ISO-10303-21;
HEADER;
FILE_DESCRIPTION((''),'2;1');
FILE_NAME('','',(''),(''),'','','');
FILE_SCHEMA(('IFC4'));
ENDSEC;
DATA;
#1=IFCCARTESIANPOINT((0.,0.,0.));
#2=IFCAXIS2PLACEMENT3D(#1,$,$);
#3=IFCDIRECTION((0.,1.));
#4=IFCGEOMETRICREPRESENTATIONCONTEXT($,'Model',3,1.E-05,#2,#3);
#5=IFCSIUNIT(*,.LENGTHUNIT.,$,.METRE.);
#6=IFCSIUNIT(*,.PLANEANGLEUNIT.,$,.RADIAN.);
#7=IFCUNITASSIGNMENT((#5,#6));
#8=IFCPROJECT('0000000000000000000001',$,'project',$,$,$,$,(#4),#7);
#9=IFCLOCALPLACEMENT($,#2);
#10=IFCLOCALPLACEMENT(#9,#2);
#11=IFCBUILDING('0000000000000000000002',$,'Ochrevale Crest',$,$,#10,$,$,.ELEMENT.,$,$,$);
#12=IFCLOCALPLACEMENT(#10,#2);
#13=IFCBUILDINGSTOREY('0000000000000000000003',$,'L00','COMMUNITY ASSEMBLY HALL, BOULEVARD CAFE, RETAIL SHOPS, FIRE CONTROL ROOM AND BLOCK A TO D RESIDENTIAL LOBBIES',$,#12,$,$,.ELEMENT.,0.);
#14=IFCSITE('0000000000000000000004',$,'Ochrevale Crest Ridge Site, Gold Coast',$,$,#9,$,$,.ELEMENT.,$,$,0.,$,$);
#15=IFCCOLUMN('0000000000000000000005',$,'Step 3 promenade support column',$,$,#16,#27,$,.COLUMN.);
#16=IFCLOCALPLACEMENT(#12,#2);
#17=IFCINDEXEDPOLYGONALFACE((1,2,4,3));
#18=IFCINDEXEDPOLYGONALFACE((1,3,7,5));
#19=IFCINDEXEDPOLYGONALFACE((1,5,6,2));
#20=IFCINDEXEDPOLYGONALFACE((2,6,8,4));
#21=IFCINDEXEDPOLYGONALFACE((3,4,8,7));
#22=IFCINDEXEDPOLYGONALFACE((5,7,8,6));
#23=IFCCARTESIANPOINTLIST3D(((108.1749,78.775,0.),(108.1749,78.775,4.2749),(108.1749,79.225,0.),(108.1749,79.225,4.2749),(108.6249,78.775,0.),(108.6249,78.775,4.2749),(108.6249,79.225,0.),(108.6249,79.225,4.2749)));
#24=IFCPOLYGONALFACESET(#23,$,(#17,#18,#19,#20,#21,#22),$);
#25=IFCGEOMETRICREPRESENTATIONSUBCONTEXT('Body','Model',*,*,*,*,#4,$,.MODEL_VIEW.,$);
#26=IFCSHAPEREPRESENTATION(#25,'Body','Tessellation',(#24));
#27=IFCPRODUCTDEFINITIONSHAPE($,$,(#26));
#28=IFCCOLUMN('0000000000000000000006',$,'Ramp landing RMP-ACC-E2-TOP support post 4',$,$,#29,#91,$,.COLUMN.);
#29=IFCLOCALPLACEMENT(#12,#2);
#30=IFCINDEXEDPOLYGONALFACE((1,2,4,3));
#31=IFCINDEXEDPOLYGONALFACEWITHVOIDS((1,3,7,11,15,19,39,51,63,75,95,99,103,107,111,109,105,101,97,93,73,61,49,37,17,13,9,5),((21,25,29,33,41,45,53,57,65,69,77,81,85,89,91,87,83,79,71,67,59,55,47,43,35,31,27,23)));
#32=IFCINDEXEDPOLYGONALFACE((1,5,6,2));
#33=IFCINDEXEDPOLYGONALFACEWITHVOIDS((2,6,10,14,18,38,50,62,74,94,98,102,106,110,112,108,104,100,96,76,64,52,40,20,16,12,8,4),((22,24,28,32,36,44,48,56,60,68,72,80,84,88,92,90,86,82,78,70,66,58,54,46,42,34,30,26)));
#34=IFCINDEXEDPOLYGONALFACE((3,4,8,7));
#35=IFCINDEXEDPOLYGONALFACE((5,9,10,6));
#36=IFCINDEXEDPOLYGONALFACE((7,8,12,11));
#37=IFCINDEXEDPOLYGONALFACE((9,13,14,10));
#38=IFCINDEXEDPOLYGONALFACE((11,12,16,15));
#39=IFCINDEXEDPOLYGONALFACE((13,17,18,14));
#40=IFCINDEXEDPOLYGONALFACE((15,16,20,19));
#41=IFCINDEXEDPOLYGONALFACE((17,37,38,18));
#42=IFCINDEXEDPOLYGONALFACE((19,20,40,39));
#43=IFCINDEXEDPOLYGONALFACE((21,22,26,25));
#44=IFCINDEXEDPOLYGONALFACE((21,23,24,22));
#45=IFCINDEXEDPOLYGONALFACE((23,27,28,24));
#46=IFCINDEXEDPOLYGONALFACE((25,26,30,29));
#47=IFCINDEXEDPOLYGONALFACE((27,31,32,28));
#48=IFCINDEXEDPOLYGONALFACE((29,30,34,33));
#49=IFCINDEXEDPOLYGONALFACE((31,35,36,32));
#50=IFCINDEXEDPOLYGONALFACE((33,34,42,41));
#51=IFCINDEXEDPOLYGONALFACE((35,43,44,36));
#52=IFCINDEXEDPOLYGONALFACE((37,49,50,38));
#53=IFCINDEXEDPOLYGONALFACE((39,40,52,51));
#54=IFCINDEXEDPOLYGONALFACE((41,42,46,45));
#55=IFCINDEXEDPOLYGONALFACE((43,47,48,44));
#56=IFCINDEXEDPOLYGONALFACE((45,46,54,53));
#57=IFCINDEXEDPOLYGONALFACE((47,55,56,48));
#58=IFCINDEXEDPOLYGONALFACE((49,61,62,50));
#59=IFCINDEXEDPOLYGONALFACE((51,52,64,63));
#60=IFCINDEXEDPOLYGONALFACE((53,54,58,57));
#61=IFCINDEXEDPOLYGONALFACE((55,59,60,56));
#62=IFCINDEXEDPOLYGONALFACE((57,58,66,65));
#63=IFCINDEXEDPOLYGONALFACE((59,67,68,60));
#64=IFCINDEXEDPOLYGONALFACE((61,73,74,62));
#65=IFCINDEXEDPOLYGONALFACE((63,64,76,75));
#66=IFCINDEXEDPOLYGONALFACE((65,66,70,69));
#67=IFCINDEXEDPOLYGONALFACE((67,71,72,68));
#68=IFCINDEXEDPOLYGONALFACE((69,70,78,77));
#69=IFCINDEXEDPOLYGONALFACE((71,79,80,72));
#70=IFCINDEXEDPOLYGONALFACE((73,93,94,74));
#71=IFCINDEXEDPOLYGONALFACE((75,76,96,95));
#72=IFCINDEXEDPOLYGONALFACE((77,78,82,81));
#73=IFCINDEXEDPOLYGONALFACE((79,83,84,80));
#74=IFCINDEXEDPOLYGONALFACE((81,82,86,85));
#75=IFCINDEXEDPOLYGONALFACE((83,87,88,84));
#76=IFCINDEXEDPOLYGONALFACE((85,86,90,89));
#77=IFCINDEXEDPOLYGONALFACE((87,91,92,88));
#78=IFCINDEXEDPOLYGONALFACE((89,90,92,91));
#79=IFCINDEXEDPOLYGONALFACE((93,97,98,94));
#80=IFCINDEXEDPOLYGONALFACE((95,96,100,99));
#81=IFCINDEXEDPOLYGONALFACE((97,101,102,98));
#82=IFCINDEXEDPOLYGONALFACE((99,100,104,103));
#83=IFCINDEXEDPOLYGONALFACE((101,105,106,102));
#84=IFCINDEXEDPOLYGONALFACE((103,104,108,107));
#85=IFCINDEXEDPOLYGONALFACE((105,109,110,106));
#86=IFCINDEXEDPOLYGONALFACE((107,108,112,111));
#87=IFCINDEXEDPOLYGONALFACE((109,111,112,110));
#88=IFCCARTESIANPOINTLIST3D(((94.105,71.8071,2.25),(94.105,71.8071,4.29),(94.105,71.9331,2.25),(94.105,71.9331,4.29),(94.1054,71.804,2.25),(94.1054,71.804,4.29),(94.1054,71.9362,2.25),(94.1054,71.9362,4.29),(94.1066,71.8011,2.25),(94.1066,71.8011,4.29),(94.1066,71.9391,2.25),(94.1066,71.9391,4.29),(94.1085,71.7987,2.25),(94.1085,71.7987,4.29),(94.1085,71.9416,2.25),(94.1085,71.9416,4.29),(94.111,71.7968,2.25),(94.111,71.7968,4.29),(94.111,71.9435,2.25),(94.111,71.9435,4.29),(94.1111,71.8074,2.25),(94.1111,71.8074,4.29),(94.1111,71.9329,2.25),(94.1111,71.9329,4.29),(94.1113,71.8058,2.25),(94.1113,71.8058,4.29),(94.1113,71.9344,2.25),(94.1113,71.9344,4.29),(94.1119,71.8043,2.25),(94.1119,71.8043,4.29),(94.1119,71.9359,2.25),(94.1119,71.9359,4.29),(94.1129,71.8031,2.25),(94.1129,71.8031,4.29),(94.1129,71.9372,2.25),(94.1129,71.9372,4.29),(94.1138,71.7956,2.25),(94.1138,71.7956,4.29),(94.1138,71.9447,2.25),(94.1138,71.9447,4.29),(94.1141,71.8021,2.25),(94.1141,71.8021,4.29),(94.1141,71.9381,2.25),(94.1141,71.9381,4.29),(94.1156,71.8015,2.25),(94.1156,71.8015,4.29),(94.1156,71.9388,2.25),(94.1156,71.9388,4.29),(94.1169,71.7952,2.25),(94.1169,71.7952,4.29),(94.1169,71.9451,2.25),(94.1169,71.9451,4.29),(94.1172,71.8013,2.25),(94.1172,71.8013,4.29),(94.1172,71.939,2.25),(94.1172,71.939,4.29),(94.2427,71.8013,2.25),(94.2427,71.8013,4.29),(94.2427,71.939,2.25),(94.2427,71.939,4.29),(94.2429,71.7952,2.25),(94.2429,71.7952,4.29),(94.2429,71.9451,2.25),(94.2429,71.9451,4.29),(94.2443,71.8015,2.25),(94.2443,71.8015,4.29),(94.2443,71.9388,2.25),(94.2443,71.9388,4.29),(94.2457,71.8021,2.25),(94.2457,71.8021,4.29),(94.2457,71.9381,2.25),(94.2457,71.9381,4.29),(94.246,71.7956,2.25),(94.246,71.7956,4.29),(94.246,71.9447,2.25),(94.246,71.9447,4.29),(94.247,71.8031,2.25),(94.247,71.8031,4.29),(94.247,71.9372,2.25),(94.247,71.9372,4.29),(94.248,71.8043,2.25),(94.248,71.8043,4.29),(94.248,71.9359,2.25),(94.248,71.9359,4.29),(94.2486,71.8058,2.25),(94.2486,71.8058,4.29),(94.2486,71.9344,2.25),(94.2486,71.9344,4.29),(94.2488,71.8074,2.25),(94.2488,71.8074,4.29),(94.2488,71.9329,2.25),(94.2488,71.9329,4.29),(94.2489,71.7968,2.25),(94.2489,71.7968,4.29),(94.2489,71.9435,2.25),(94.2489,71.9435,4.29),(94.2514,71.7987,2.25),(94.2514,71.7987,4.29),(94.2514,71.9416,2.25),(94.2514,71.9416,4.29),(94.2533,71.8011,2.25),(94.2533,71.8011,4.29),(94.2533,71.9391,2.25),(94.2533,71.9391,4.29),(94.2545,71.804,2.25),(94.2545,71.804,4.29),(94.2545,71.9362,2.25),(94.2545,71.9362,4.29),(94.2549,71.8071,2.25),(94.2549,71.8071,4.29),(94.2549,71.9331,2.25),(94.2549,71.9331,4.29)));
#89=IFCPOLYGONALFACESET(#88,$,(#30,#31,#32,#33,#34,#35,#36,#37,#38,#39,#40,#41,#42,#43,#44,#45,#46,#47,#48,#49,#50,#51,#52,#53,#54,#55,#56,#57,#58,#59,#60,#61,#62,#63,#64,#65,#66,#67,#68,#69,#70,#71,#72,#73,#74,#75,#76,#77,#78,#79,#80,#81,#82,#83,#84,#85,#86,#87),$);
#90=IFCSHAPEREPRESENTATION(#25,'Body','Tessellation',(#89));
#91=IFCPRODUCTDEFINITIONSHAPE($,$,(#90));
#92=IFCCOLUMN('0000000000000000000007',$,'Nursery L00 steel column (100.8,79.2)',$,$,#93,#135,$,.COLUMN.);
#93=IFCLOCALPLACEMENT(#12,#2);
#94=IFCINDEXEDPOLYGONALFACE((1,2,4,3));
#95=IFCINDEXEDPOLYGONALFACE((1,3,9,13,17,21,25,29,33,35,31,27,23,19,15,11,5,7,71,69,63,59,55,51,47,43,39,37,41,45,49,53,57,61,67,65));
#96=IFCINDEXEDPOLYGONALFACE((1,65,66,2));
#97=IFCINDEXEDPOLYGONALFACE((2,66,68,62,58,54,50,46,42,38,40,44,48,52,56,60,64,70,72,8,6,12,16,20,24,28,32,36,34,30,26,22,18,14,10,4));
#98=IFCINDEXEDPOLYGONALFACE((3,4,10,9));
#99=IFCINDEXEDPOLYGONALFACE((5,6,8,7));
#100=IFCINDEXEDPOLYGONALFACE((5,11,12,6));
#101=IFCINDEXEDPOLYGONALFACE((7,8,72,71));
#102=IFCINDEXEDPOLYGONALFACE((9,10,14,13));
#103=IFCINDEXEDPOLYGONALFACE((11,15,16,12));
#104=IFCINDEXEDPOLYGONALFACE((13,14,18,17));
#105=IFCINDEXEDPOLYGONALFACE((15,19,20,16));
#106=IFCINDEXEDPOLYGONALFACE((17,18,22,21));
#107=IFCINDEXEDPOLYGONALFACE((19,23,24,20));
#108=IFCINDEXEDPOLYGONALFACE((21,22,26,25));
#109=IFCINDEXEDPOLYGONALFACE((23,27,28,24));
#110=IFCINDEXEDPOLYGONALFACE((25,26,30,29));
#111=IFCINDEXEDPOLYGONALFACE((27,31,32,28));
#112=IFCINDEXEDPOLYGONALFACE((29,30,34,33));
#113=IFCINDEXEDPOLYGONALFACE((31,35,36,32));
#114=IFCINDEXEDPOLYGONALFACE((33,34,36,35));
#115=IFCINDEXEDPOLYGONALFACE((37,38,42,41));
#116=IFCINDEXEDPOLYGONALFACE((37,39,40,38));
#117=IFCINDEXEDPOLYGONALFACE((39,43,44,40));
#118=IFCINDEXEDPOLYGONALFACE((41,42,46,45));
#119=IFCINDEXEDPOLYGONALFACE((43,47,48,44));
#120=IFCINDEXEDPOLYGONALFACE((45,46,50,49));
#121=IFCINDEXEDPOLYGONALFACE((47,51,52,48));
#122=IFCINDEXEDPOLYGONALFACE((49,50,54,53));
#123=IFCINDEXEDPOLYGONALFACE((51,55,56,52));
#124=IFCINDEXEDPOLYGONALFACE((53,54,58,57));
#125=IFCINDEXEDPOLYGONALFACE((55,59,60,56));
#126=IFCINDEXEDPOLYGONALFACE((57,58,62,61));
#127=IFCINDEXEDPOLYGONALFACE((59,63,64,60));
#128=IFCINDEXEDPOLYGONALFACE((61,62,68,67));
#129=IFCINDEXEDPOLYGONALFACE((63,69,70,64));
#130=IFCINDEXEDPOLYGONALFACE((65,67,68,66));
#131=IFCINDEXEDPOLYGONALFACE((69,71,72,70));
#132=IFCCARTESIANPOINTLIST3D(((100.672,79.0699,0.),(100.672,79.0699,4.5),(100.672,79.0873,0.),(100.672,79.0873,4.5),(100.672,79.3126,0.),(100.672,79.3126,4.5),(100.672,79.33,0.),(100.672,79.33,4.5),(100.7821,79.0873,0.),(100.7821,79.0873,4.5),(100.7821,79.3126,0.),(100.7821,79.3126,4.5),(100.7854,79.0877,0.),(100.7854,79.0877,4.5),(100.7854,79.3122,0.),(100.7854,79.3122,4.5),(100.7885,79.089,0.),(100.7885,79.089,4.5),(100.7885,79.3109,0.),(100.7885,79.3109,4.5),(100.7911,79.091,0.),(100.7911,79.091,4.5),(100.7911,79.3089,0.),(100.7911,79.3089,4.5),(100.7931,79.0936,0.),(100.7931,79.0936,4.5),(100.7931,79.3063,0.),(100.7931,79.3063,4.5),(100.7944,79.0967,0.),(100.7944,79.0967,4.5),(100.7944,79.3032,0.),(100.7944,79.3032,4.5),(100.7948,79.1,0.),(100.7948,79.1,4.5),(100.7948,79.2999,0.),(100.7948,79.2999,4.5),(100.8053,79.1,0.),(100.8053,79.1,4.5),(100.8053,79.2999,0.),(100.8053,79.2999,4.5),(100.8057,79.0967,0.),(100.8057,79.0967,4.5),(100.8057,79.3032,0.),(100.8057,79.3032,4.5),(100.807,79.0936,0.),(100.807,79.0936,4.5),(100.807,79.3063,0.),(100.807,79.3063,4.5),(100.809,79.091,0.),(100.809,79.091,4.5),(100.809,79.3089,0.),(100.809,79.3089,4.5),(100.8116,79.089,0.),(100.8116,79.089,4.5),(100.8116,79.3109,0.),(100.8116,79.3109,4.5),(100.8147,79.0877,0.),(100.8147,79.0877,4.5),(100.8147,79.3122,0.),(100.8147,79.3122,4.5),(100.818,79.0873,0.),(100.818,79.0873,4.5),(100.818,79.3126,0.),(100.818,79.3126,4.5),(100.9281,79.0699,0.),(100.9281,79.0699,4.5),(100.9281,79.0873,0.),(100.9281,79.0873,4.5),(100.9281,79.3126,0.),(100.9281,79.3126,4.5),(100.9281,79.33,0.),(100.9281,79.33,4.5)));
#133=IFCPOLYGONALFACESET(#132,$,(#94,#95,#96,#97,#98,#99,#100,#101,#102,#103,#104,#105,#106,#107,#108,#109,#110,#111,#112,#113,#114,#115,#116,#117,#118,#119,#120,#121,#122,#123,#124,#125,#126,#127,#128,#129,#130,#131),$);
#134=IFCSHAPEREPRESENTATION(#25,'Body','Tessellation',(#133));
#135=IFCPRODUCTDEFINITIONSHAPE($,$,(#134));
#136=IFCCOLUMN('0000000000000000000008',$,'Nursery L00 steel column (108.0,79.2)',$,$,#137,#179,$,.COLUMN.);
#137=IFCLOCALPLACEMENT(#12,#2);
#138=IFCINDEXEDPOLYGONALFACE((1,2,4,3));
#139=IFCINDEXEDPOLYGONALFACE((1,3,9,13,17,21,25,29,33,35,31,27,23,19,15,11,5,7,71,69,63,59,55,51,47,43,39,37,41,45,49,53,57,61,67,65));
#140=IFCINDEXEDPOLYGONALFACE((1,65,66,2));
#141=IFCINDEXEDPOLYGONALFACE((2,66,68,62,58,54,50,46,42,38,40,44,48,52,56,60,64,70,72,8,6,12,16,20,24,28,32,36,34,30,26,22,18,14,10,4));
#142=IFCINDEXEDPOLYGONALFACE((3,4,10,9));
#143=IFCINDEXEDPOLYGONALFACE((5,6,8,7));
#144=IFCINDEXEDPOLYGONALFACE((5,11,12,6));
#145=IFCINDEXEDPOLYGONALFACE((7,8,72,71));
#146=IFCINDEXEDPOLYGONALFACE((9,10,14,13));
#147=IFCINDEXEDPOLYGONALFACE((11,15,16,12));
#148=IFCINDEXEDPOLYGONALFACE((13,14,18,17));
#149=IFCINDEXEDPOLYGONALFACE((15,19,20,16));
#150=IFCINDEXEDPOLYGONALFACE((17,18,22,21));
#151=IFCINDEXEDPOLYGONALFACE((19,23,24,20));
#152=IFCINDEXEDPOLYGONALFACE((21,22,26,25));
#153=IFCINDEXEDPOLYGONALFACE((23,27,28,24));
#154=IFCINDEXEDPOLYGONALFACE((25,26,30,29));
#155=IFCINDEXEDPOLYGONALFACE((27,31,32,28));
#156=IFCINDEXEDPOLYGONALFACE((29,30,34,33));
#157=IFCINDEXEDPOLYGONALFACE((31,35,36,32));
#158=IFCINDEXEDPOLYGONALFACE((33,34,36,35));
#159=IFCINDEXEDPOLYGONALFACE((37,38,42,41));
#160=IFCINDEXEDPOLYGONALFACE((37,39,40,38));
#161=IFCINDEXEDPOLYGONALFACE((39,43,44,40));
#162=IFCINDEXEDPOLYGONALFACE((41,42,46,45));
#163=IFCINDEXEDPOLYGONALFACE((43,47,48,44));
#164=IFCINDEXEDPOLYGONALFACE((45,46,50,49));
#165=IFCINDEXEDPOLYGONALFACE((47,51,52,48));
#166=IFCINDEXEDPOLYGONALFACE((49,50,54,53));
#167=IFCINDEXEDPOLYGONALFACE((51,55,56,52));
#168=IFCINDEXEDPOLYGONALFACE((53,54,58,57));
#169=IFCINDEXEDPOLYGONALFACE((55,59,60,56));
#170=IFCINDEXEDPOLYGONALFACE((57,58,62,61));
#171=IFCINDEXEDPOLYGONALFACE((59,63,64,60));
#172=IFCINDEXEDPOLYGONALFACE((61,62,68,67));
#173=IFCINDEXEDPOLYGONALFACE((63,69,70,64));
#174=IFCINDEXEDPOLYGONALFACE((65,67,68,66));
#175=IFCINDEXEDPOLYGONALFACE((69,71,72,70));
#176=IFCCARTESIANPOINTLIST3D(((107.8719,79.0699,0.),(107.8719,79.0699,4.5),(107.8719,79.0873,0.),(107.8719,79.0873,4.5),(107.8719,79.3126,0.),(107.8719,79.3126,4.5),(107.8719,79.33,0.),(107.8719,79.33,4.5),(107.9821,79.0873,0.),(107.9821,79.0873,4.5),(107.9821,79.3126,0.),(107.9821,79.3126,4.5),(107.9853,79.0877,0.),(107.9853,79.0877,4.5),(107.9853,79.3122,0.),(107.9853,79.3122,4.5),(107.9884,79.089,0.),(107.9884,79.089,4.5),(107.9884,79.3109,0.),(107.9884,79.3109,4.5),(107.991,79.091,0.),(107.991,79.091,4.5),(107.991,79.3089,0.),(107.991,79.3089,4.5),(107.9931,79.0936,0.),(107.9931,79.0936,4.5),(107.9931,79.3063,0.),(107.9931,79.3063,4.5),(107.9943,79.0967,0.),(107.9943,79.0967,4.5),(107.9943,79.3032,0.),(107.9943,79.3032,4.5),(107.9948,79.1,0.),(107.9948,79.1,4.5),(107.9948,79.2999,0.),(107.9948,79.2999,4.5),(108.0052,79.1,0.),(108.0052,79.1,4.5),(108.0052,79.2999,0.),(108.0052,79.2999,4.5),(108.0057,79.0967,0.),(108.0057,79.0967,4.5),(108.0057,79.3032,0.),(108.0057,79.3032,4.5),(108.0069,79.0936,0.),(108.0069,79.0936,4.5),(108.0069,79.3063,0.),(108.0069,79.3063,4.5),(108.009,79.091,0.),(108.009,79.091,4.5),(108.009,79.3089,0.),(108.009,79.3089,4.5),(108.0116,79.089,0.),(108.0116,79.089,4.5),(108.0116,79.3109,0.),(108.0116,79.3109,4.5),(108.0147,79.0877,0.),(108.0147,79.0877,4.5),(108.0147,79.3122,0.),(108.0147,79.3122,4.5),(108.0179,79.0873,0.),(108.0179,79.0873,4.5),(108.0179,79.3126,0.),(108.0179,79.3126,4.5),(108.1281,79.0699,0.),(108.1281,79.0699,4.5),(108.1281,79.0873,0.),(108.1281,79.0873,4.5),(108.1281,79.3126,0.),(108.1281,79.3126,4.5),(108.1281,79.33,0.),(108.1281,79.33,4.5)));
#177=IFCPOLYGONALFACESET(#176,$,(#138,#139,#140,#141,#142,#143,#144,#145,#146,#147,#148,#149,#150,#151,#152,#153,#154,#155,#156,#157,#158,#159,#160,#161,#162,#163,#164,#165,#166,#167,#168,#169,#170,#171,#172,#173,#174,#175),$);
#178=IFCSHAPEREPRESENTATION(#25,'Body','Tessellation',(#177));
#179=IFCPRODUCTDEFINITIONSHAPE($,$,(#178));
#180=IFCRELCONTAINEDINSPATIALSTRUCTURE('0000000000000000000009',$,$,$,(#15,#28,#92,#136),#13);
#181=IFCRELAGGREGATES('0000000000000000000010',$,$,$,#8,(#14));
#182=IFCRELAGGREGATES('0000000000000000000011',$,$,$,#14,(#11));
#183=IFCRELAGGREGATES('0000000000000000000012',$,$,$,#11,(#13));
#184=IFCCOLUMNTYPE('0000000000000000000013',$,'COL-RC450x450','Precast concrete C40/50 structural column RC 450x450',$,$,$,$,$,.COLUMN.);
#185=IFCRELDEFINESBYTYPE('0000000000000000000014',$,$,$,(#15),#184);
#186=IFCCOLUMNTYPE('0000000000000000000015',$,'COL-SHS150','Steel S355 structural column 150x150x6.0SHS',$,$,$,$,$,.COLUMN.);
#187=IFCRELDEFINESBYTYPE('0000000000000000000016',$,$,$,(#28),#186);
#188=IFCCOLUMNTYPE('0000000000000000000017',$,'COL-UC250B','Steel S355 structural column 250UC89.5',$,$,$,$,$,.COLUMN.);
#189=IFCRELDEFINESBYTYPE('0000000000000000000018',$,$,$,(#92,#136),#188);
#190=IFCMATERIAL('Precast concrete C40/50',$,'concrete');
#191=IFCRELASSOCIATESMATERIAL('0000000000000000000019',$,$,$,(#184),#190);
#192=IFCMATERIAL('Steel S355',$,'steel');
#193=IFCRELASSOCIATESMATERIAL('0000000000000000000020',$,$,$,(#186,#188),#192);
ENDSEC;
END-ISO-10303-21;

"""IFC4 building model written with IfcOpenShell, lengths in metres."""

from ifc_helpers import new_model, si_unit, direction, frame, origin, origin_2d, place, context, subcontext, project, spatial, rectangle, hollow_rectangle, i_section, extrude, material, material_profile, profile_set, type_object, element, save


model = new_model("IFC4")

# Units and contexts
model_context = context("Model", 3, precision=1e-05, world=origin(), true_north=direction((0.0, 1.0)))
body_context = subcontext(model_context, "Body", "Model", "MODEL_VIEW")
ifc_project = project(units=[si_unit("LENGTHUNIT", "METRE"), si_unit("PLANEANGLEUNIT", "RADIAN")], contexts=[model_context])

# Site, building, storey
site_placement = place(None, origin())
site = spatial("IfcSite", under=ifc_project, at=site_placement, Name="Ochrevale Crest Ridge Site, Gold Coast", CompositionType="ELEMENT", RefElevation=0.0)
building_placement = place(site_placement, origin())
building = spatial("IfcBuilding", under=site, at=building_placement, Name="Ochrevale Crest", CompositionType="ELEMENT")
storey_placement = place(building_placement, origin())
storey = spatial("IfcBuildingStorey", under=building, at=storey_placement, Name="L00", Description="COMMUNITY ASSEMBLY HALL, BOULEVARD CAFE, RETAIL SHOPS, FIRE CONTROL ROOM AND BLOCK A TO D RESIDENTIAL LOBBIES", CompositionType="ELEMENT", Elevation=0.0)

# Columns
ifc_material_1 = material(Name="Precast concrete C40/50", Category="concrete")
ifc_material_profile_1 = material_profile(ifc_material_1, rectangle(XDim=0.45, YDim=0.45, at=origin_2d()), Name="RC 450x450")
ifc_profile_set_1 = profile_set([ifc_material_profile_1], Name="Precast concrete C40/50")
column_type_1 = type_object("IfcColumnType", Name="COL-RC450x450", Description="Precast concrete C40/50 structural column RC 450x450", PredefinedType="COLUMN", material=ifc_profile_set_1)
column_1_placement = place(storey_placement, frame((108.3999, 79.0, 0.0), z_axis=(0.0, 0.0, 1.0), x_axis=(1.0, 0.0, 0.0)))
element("IfcColumn", 1, at=column_1_placement, inside=storey, type_object=column_type_1, Name="Step 3 promenade support column", PredefinedType="COLUMN", context=body_context, shape_type="SweptSolid", body=[
    extrude(rectangle(XDim=0.45, YDim=0.45, at=origin_2d()), origin(), (0.0, 0.0, 1.0), 4.2749),
])
ifc_material_2 = material(Name="Steel S355", Category="steel")
ifc_material_profile_2 = material_profile(ifc_material_2, hollow_rectangle(XDim=0.1499, YDim=0.1499, WallThickness=0.0061, InnerFilletRadius=0.0061, OuterFilletRadius=0.012, at=origin_2d()), Name="150x150x6.0SHS")
ifc_profile_set_2 = profile_set([ifc_material_profile_2], Name="Steel S355")
column_type_2 = type_object("IfcColumnType", Name="COL-SHS150", Description="Steel S355 structural column 150x150x6.0SHS", PredefinedType="COLUMN", material=ifc_profile_set_2)
column_2_placement = place(storey_placement, frame((94.1799, 71.8701, 2.25), z_axis=(0.0, 0.0, 1.0), x_axis=(1.0, 0.0, 0.0)))
element("IfcColumn", 2, at=column_2_placement, inside=storey, type_object=column_type_2, Name="Ramp landing RMP-ACC-E2-TOP support post 4", PredefinedType="COLUMN", context=body_context, shape_type="SweptSolid", body=[
    extrude(hollow_rectangle(XDim=0.1499, YDim=0.1499, WallThickness=0.0061, InnerFilletRadius=0.0061, OuterFilletRadius=0.012, at=origin_2d()), origin(), (0.0, 0.0, 1.0), 2.04),
])
ifc_material_profile_3 = material_profile(ifc_material_2, i_section(OverallWidth=0.2561, OverallDepth=0.26, WebThickness=0.0105, FlangeThickness=0.0173, FilletRadius=0.0127, at=origin_2d()), Name="250UC89.5")
ifc_profile_set_3 = profile_set([ifc_material_profile_3], Name="Steel S355")
column_type_3 = type_object("IfcColumnType", Name="COL-UC250B", Description="Steel S355 structural column 250UC89.5", PredefinedType="COLUMN", material=ifc_profile_set_3)
for number, where, z_axis, x_axis, name in (
    (3, (100.8, 79.2, 0.0), (0.0, 0.0, 1.0), (1.0, 0.0, 0.0), "Nursery L00 steel column (100.8,79.2)"),
    (4, (108.0, 79.2, 0.0), (0.0, 0.0, 1.0), (1.0, 0.0, 0.0), "Nursery L00 steel column (108.0,79.2)"),
):
    element("IfcColumn", number, at=place(storey_placement, frame(where, z_axis=z_axis, x_axis=x_axis)), inside=storey, type_object=column_type_3, Name=name, PredefinedType="COLUMN", context=body_context, shape_type="SweptSolid", body=[
        extrude(i_section(OverallWidth=0.2561, OverallDepth=0.26, WebThickness=0.0105, FlangeThickness=0.0173, FilletRadius=0.0127, at=origin_2d()), origin(), (0.0, 0.0, 1.0), 4.5),
    ])

save(model, "model.ifc")
